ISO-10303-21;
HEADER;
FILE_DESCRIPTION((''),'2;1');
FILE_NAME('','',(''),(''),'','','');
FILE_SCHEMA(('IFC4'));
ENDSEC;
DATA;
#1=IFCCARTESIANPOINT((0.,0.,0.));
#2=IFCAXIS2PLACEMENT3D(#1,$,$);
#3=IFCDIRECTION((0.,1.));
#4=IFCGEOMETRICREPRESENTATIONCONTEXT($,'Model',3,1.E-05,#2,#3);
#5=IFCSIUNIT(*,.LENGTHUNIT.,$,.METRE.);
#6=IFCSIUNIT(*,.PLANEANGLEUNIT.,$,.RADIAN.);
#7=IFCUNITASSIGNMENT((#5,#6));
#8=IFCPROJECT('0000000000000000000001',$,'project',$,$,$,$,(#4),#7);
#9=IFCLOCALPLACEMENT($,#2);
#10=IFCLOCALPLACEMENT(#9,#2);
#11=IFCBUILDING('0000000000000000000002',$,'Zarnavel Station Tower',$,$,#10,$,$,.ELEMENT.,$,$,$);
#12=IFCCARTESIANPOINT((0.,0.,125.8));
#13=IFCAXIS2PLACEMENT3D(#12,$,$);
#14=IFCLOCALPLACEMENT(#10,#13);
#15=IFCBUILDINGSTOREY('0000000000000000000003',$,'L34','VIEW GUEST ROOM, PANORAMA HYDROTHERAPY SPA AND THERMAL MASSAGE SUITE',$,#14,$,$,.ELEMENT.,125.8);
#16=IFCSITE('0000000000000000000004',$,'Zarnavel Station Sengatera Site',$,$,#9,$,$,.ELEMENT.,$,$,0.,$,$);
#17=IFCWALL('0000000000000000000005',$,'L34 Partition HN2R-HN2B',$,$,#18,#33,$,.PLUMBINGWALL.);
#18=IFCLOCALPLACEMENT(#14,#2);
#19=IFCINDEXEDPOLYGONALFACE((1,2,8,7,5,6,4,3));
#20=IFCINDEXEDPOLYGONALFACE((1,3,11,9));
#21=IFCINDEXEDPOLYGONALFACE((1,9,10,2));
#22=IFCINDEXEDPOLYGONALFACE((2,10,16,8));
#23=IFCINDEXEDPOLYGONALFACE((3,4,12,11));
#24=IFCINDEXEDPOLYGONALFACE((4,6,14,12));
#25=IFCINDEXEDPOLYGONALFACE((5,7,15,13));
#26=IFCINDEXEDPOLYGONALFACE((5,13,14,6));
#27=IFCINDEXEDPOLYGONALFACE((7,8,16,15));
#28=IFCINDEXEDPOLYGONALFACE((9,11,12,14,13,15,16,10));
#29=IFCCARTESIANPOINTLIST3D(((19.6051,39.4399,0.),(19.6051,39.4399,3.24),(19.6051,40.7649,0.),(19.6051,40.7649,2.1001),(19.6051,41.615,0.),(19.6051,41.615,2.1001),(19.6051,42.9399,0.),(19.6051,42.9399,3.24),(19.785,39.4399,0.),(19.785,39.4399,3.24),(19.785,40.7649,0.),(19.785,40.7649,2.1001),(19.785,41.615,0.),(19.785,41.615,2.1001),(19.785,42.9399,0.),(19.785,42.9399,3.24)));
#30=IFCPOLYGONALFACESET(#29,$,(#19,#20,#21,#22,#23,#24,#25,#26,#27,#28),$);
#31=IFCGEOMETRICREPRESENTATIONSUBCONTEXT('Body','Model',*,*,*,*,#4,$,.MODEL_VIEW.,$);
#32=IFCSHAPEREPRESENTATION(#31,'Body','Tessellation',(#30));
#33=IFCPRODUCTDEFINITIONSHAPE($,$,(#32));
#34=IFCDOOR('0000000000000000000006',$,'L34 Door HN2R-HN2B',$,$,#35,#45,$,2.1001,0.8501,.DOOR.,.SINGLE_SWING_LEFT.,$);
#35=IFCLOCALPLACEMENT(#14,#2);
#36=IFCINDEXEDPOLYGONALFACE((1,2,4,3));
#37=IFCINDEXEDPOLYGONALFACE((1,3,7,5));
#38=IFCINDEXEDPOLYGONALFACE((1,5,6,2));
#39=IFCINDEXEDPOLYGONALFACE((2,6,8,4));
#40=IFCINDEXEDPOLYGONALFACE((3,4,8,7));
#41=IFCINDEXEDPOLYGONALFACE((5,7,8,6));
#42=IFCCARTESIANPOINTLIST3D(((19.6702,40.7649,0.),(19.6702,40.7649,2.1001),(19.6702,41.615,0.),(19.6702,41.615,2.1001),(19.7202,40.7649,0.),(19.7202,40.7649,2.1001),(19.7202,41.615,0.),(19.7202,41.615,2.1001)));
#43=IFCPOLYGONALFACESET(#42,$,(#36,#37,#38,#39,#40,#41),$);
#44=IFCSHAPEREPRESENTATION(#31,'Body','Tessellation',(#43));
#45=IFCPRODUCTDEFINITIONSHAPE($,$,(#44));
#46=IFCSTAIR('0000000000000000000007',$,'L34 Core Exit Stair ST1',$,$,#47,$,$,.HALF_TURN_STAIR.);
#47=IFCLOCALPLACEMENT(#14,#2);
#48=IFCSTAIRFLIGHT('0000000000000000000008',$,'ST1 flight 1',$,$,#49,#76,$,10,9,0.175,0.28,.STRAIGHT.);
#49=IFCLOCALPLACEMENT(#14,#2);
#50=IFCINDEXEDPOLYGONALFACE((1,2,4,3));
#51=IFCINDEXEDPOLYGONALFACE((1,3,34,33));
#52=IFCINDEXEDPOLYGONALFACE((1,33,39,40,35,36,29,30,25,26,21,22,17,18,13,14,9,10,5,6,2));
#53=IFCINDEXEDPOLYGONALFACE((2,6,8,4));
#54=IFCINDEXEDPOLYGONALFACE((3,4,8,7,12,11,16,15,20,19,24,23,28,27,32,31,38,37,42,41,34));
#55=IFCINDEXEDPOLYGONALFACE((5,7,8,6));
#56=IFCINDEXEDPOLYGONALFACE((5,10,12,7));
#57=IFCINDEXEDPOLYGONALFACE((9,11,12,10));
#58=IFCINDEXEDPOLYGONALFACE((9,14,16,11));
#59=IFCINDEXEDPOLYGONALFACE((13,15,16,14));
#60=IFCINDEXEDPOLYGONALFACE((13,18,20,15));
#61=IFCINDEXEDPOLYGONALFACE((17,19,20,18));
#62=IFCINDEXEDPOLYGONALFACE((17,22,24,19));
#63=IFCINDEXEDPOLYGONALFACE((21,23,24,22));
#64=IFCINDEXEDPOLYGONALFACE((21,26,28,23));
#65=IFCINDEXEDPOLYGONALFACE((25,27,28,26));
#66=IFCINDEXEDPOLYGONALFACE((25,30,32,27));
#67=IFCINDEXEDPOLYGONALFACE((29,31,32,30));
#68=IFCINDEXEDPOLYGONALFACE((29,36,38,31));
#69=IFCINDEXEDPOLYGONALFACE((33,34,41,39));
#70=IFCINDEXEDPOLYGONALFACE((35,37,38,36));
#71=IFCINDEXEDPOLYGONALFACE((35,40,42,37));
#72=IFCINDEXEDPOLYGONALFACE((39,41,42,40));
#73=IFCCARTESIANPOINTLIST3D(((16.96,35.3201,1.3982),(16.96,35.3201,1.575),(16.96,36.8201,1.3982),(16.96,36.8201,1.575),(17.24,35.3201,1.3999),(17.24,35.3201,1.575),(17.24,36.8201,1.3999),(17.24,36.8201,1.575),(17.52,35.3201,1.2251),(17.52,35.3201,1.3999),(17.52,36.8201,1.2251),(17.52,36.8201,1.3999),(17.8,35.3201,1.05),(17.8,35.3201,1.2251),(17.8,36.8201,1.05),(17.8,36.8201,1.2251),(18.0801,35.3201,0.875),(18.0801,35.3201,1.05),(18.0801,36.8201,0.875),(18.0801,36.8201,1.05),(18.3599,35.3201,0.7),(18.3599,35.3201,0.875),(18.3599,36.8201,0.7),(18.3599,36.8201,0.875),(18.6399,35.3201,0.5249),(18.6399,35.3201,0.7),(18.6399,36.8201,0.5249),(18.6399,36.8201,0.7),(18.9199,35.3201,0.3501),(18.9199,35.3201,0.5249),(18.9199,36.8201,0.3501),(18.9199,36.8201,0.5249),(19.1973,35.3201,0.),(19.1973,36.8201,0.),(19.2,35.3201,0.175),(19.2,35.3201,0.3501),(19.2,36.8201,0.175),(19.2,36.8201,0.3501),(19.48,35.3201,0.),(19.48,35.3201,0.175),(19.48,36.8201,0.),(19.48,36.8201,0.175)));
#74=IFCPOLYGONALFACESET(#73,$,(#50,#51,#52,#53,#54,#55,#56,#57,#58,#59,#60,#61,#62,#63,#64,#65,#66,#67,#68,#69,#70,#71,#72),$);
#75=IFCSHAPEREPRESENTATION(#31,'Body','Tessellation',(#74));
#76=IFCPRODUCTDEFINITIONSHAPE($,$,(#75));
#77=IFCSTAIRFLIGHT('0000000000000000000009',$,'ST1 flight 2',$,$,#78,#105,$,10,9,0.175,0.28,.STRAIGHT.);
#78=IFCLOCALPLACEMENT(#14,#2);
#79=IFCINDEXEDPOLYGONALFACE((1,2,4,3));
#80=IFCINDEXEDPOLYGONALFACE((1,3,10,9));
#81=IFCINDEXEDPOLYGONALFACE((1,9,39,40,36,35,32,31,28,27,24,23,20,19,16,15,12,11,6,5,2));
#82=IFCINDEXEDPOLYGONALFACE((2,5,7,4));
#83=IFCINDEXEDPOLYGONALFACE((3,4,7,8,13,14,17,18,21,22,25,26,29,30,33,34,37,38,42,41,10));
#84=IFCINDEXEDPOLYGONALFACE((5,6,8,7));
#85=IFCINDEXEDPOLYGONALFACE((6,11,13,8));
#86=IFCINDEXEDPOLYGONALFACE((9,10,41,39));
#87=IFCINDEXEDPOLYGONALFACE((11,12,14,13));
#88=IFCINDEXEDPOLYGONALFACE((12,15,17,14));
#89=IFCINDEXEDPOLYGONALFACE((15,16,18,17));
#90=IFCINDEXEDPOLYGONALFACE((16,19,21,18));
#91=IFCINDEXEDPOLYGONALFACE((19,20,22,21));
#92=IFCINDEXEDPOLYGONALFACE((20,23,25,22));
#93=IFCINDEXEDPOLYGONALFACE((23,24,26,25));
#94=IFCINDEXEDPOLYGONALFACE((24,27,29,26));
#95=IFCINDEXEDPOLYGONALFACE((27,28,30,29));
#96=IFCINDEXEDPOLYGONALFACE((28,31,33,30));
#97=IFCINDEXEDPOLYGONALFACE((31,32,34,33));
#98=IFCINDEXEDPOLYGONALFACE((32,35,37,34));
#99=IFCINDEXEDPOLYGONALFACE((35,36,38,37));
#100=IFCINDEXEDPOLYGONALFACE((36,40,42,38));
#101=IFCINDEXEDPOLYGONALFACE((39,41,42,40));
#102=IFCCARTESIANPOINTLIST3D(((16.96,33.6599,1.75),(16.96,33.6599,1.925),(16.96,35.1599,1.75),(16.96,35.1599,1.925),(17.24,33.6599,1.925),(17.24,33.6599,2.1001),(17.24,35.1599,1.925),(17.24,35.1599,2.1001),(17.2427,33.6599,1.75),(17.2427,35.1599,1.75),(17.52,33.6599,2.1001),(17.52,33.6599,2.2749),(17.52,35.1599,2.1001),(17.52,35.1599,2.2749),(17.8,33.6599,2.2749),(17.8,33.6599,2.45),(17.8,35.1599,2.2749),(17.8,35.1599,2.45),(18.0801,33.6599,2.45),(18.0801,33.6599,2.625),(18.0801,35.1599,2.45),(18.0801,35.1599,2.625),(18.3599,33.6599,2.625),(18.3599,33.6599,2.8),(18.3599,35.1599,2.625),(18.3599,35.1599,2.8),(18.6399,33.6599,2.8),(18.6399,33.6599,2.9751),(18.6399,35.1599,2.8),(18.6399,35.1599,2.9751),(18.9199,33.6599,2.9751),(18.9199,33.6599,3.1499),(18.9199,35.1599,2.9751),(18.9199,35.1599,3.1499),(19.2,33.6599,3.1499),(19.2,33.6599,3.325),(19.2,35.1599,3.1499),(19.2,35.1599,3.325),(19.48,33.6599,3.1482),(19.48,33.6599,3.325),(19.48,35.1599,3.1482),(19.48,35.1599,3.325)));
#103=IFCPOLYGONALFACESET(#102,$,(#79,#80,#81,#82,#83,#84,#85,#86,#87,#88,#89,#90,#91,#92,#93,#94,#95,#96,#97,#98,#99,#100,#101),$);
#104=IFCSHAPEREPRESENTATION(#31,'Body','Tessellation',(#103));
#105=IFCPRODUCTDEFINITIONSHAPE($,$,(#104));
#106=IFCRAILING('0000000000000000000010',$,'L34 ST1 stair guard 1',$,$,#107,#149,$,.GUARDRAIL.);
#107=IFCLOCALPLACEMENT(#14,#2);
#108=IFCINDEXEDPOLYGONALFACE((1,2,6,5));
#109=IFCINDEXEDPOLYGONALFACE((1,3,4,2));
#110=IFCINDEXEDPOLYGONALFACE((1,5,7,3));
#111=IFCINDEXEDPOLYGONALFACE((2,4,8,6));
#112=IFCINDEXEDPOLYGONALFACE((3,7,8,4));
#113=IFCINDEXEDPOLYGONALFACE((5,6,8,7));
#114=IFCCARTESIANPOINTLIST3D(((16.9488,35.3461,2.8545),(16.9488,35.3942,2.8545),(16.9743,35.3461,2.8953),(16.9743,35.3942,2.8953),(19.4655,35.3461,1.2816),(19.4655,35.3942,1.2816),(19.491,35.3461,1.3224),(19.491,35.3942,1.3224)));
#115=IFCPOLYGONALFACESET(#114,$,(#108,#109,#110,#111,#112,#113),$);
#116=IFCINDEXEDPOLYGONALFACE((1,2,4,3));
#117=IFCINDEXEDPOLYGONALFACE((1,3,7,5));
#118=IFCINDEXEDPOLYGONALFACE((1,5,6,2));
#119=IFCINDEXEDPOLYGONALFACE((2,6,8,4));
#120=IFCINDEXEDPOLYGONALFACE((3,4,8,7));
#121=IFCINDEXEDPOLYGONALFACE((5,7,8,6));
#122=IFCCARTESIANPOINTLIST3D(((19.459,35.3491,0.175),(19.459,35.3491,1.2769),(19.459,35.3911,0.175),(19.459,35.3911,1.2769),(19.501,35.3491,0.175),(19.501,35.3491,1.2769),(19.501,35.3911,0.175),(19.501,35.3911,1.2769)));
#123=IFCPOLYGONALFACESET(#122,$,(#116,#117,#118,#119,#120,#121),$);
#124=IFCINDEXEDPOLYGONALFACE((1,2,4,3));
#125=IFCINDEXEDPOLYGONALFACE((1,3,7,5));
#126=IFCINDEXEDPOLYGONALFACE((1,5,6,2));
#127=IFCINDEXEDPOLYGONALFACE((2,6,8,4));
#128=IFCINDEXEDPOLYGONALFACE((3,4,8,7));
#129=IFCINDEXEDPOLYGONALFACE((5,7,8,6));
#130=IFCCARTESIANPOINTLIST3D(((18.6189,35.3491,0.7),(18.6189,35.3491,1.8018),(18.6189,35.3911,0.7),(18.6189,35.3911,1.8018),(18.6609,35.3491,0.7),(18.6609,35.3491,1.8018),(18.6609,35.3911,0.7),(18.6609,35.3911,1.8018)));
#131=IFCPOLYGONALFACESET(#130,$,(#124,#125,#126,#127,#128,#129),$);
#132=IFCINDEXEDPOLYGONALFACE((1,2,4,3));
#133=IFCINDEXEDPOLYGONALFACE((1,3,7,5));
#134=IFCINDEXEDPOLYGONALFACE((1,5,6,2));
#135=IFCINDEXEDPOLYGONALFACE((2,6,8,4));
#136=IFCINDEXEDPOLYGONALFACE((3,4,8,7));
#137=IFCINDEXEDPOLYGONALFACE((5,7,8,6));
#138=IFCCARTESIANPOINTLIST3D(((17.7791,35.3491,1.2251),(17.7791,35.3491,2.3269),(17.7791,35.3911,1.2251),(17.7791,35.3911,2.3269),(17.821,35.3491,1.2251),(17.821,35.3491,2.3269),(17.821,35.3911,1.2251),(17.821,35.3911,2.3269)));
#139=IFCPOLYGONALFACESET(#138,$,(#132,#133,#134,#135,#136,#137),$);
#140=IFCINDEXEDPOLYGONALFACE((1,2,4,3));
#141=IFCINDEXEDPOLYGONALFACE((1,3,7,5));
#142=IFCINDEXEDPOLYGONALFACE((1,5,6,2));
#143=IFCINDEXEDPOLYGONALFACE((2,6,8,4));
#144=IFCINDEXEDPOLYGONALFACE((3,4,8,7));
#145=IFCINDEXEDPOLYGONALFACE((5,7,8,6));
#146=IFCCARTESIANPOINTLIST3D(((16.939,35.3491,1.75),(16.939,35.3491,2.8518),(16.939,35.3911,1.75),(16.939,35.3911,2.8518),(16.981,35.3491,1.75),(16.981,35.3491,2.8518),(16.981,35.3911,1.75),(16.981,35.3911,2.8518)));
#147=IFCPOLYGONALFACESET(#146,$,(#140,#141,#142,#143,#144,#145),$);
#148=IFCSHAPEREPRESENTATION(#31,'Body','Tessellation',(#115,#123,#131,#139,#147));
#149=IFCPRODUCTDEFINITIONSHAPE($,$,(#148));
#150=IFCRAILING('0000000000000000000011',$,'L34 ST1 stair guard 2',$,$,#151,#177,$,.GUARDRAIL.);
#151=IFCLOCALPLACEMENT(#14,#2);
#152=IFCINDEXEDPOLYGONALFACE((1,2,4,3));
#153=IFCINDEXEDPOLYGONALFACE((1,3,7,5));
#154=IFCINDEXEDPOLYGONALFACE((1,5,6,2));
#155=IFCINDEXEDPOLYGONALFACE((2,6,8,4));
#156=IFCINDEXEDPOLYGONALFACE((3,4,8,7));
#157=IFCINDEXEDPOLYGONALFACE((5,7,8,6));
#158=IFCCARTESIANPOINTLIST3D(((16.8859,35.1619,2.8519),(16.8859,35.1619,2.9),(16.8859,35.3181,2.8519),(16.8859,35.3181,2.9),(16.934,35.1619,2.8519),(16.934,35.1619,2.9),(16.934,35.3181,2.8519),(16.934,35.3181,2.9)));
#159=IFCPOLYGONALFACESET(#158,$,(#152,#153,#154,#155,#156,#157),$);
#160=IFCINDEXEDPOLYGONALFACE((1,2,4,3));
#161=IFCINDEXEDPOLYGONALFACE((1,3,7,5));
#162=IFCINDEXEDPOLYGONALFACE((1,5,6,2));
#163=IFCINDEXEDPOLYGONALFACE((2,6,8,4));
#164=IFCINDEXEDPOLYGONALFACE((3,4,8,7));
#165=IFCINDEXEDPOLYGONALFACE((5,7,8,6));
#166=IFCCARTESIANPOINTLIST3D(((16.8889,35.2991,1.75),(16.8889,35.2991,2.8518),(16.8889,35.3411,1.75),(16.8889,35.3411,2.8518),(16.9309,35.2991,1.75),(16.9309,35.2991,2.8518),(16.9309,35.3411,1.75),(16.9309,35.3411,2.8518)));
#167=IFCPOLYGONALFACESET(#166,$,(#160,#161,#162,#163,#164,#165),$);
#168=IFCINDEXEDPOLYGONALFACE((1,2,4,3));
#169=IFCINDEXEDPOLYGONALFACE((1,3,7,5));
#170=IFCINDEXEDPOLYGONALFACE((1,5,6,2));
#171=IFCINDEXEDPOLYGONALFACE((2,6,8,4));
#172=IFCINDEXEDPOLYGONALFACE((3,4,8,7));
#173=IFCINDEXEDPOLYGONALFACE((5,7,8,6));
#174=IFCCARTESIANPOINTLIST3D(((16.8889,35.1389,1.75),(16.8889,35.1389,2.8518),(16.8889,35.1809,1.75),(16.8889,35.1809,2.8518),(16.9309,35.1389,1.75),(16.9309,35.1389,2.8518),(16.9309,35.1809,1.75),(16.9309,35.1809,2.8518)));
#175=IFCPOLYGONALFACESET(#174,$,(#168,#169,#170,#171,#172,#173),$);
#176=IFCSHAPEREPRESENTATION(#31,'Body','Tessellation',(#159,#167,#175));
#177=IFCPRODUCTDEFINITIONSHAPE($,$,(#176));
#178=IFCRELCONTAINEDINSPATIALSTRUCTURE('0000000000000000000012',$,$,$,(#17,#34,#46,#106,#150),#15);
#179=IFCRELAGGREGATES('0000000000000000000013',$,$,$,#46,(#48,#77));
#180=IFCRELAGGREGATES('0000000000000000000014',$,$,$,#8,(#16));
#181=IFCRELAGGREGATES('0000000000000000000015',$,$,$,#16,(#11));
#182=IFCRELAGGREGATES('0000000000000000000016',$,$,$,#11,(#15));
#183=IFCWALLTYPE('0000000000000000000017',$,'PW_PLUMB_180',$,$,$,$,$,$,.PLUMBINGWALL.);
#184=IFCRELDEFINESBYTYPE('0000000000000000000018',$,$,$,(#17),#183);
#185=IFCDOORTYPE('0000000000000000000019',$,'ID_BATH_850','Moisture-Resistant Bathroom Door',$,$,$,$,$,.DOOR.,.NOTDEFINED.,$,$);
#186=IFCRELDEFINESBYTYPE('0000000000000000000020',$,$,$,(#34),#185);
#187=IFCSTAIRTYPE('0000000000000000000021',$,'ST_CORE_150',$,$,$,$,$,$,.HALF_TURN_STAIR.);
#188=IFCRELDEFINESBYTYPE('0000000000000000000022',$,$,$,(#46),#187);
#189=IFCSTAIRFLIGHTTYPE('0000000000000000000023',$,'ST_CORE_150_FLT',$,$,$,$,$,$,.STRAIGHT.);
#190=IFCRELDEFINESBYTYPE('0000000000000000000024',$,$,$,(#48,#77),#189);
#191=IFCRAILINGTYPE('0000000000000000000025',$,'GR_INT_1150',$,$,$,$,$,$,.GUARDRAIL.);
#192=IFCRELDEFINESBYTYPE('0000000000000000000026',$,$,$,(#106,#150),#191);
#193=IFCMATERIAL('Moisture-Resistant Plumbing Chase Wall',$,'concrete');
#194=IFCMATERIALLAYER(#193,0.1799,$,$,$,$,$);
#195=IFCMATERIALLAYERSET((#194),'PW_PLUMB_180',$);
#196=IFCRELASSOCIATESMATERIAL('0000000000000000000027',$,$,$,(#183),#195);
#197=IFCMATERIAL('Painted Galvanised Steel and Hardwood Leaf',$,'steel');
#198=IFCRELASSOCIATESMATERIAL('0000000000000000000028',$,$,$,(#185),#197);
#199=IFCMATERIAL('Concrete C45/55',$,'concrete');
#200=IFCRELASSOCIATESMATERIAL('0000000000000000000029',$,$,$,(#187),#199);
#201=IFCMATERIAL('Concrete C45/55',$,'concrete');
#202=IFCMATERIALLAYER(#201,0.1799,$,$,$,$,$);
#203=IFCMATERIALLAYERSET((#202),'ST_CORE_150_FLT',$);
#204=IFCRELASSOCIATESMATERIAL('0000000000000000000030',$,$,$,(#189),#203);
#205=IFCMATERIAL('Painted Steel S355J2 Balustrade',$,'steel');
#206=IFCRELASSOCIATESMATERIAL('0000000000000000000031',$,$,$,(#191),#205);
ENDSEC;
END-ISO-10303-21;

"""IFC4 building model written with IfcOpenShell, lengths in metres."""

from ifc_helpers import new_model, si_unit, direction, frame, frame_2d, origin, origin_2d, place, context, subcontext, project, spatial, polyline, rectangle, outline, extrude, material, layer, layer_set, type_object, element, fill, aggregate, save


model = new_model("IFC4")

# Units and contexts
model_context = context("Model", 3, precision=1e-05, world=origin(), true_north=direction((0.0, 1.0)))
body_context = subcontext(model_context, "Body", "Model", "MODEL_VIEW")
ifc_project = project(units=[si_unit("LENGTHUNIT", "METRE"), si_unit("PLANEANGLEUNIT", "RADIAN")], contexts=[model_context])

# Site, building, storey
site_placement = place(None, origin())
site = spatial("IfcSite", under=ifc_project, at=site_placement, Name="Zarnavel Station Sengatera Site", CompositionType="ELEMENT", RefElevation=0.0)
building_placement = place(site_placement, origin())
building = spatial("IfcBuilding", under=site, at=building_placement, Name="Zarnavel Station Tower", CompositionType="ELEMENT")
storey_placement = place(building_placement, frame((0.0, 0.0, 125.8)))
storey = spatial("IfcBuildingStorey", under=building, at=storey_placement, Name="L34", Description="VIEW GUEST ROOM, PANORAMA HYDROTHERAPY SPA AND THERMAL MASSAGE SUITE", CompositionType="ELEMENT", Elevation=125.8)

# Shared definitions
ifc_material_1 = material(Name="Moisture-Resistant Plumbing Chase Wall", Category="concrete")
ifc_layer_1 = layer(ifc_material_1, 0.1799)
ifc_layer_set_1 = layer_set([ifc_layer_1], Name="PW_PLUMB_180")
wall_type_1 = type_object("IfcWallType", Name="PW_PLUMB_180", PredefinedType="PLUMBINGWALL", material=ifc_layer_set_1)

# Shared definitions
ifc_material_2 = material(Name="Painted Galvanised Steel and Hardwood Leaf", Category="steel")
door_type_1 = type_object("IfcDoorType", Name="ID_BATH_850", Description="Moisture-Resistant Bathroom Door", OperationType="NOTDEFINED", PredefinedType="DOOR", material=ifc_material_2)

# Wall, opening, door
wall_1_placement = place(storey_placement, frame((19.6951, 39.4399, 0.0), z_axis=(0.0, 0.0, 1.0), x_axis=(0.0, 1.0, 0.0)))
wall_1 = element("IfcWall", 1, at=wall_1_placement, inside=storey, type_object=wall_type_1, Name="L34 Partition HN2R-HN2B", PredefinedType="PLUMBINGWALL", context=body_context, shape_type="SweptSolid", body=[
    extrude(rectangle(XDim=3.5, YDim=0.1799, at=frame_2d((1.75, 0.0))), origin(), (0.0, 0.0, 1.0), 3.24),
])
opening_1_placement = place(wall_1_placement, frame((1.325, 0.0, 0.0)))
opening_1 = element("IfcOpeningElement", 2, at=opening_1_placement, cuts=wall_1, PredefinedType="OPENING", context=body_context, shape_type="SweptSolid", body=[
    extrude(rectangle(XDim=0.8501, YDim=2.1001, at=frame_2d((0.425, 1.05))), frame((0.0, 0.0999, 0.0), z_axis=(0.0, -1.0, 0.0), x_axis=(1.0, 0.0, 0.0)), (0.0, 0.0, 1.0), 0.2),
])
door_1_placement = place(opening_1_placement, origin())
door_1 = element("IfcDoor", 3, at=door_1_placement, inside=storey, type_object=door_type_1, Name="L34 Door HN2R-HN2B", OperationType="SINGLE_SWING_LEFT", OverallHeight=2.1001, OverallWidth=0.8501, PredefinedType="DOOR", context=body_context, shape_type="SweptSolid", body=[
    extrude(rectangle(XDim=0.8501, YDim=2.1001, at=frame_2d((0.425, 1.05))), frame((0.0, 0.0249, 0.0), z_axis=(0.0, -1.0, 0.0), x_axis=(1.0, 0.0, 0.0)), (0.0, 0.0, 1.0), 0.05),
])
fill(opening_1, door_1)

# Stair, stair flights
ifc_material_3 = material(Name="Concrete C45/55", Category="concrete")
stair_type = type_object("IfcStairType", Name="ST_CORE_150", PredefinedType="HALF_TURN_STAIR", material=ifc_material_3)
stair_placement = place(storey_placement, origin())
stair = element("IfcStair", 4, at=stair_placement, inside=storey, type_object=stair_type, Name="L34 Core Exit Stair ST1", PredefinedType="HALF_TURN_STAIR")
ifc_material_4 = material(Name="Concrete C45/55", Category="concrete")
ifc_layer_2 = layer(ifc_material_4, 0.1799)
ifc_layer_set_2 = layer_set([ifc_layer_2], Name="ST_CORE_150_FLT")
stair_flight_type = type_object("IfcStairFlightType", Name="ST_CORE_150_FLT", PredefinedType="STRAIGHT", material=ifc_layer_set_2)
stair_flight_1_placement = place(storey_placement, frame((19.48, 36.0701, 0.0), z_axis=(0.0, 0.0, 1.0), x_axis=(-1.0, 0.0, 0.0)))
stair_flight_1 = element("IfcStairFlight", 5, at=stair_flight_1_placement, type_object=stair_flight_type, Name="ST1 flight 1", NumberOfRisers=10, NumberOfTreads=9, PredefinedType="STRAIGHT", RiserHeight=0.175, TreadLength=0.28, context=body_context, shape_type="SweptSolid", body=[
    extrude(outline(polyline([(0.0, 0.0), (0.0, 0.175), (0.28, 0.175), (0.28, 0.3501), (0.5601, 0.3501), (0.5601, 0.5249), (0.8401, 0.5249), (0.8401, 0.7), (1.1201, 0.7), (1.1201, 0.875), (1.3999, 0.875), (1.3999, 1.05), (1.6799, 1.05), (1.6799, 1.2251), (1.96, 1.2251), (1.96, 1.3999), (2.24, 1.3999), (2.24, 1.575), (2.52, 1.575), (2.52, 1.75), (2.52, 1.3982), (0.2827, 0.0), (0.0, 0.0)])), frame((0.0, 0.75, 0.0), z_axis=(0.0, -1.0, 0.0), x_axis=(1.0, 0.0, 0.0)), (0.0, 0.0, 1.0), 1.5),
])
stair_flight_2_placement = place(storey_placement, frame((16.96, 34.4099, 1.75), z_axis=(0.0, 0.0, 1.0), x_axis=(1.0, 0.0, 0.0)))
stair_flight_2 = element("IfcStairFlight", 6, at=stair_flight_2_placement, type_object=stair_flight_type, Name="ST1 flight 2", NumberOfRisers=10, NumberOfTreads=9, PredefinedType="STRAIGHT", RiserHeight=0.175, TreadLength=0.28, context=body_context, shape_type="SweptSolid", body=[
    extrude(outline(polyline([(0.0, 0.0), (0.0, 0.175), (0.28, 0.175), (0.28, 0.3501), (0.5601, 0.3501), (0.5601, 0.5249), (0.8401, 0.5249), (0.8401, 0.7), (1.1201, 0.7), (1.1201, 0.875), (1.3999, 0.875), (1.3999, 1.05), (1.6799, 1.05), (1.6799, 1.2251), (1.96, 1.2251), (1.96, 1.3999), (2.24, 1.3999), (2.24, 1.575), (2.52, 1.575), (2.52, 1.75), (2.52, 1.3982), (0.2827, 0.0), (0.0, 0.0)])), frame((0.0, 0.75, 0.0), z_axis=(0.0, -1.0, 0.0), x_axis=(1.0, 0.0, 0.0)), (0.0, 0.0, 1.0), 1.5),
])
aggregate(stair, [stair_flight_1, stair_flight_2])

# Railings
ifc_material_5 = material(Name="Painted Steel S355J2 Balustrade", Category="steel")
railing_type_1 = type_object("IfcRailingType", Name="GR_INT_1150", PredefinedType="GUARDRAIL", material=ifc_material_5)
railing_1_placement = place(storey_placement, frame((19.48, 35.3701, 0.175)))
element("IfcRailing", 7, at=railing_1_placement, inside=storey, type_object=railing_type_1, Name="L34 ST1 stair guard 1", PredefinedType="GUARDRAIL", context=body_context, shape_type="SweptSolid", body=[
    extrude(rectangle(XDim=0.0481, YDim=0.0481, at=origin_2d()), frame((-0.0017, 0.0, 1.127), z_axis=(-0.848008, 0.0, 0.529984), x_axis=(0.0, -1.0, 0.0)), (0.0, 0.0, 1.0), 2.9678),
    extrude(rectangle(XDim=0.042, YDim=0.042, at=origin_2d()), origin(), (0.0, 0.0, 1.0), 1.1018),
    extrude(rectangle(XDim=0.042, YDim=0.042, at=origin_2d()), frame((-0.8401, 0.0, 0.5249)), (0.0, 0.0, 1.0), 1.1018),
    extrude(rectangle(XDim=0.042, YDim=0.042, at=origin_2d()), frame((-1.6799, 0.0, 1.05)), (0.0, 0.0, 1.0), 1.1018),
    extrude(rectangle(XDim=0.042, YDim=0.042, at=origin_2d()), frame((-2.52, 0.0, 1.575)), (0.0, 0.0, 1.0), 1.1018),
])
railing_2_placement = place(storey_placement, frame((16.9099, 35.3201, 1.75)))
element("IfcRailing", 8, at=railing_2_placement, inside=storey, type_object=railing_type_1, Name="L34 ST1 stair guard 2", PredefinedType="GUARDRAIL", context=body_context, shape_type="SweptSolid", body=[
    extrude(rectangle(XDim=0.0481, YDim=0.0481, at=origin_2d()), frame((0.0, -0.002, 1.126), z_axis=(0.0, -1.0, 0.0), x_axis=(1.0, 0.0, 0.0)), (0.0, 0.0, 1.0), 0.1562),
    extrude(rectangle(XDim=0.042, YDim=0.042, at=origin_2d()), origin(), (0.0, 0.0, 1.0), 1.1018),
    extrude(rectangle(XDim=0.042, YDim=0.042, at=origin_2d()), frame((0.0, -0.1602, 0.0)), (0.0, 0.0, 1.0), 1.1018),
])

save(model, "model.ifc")
